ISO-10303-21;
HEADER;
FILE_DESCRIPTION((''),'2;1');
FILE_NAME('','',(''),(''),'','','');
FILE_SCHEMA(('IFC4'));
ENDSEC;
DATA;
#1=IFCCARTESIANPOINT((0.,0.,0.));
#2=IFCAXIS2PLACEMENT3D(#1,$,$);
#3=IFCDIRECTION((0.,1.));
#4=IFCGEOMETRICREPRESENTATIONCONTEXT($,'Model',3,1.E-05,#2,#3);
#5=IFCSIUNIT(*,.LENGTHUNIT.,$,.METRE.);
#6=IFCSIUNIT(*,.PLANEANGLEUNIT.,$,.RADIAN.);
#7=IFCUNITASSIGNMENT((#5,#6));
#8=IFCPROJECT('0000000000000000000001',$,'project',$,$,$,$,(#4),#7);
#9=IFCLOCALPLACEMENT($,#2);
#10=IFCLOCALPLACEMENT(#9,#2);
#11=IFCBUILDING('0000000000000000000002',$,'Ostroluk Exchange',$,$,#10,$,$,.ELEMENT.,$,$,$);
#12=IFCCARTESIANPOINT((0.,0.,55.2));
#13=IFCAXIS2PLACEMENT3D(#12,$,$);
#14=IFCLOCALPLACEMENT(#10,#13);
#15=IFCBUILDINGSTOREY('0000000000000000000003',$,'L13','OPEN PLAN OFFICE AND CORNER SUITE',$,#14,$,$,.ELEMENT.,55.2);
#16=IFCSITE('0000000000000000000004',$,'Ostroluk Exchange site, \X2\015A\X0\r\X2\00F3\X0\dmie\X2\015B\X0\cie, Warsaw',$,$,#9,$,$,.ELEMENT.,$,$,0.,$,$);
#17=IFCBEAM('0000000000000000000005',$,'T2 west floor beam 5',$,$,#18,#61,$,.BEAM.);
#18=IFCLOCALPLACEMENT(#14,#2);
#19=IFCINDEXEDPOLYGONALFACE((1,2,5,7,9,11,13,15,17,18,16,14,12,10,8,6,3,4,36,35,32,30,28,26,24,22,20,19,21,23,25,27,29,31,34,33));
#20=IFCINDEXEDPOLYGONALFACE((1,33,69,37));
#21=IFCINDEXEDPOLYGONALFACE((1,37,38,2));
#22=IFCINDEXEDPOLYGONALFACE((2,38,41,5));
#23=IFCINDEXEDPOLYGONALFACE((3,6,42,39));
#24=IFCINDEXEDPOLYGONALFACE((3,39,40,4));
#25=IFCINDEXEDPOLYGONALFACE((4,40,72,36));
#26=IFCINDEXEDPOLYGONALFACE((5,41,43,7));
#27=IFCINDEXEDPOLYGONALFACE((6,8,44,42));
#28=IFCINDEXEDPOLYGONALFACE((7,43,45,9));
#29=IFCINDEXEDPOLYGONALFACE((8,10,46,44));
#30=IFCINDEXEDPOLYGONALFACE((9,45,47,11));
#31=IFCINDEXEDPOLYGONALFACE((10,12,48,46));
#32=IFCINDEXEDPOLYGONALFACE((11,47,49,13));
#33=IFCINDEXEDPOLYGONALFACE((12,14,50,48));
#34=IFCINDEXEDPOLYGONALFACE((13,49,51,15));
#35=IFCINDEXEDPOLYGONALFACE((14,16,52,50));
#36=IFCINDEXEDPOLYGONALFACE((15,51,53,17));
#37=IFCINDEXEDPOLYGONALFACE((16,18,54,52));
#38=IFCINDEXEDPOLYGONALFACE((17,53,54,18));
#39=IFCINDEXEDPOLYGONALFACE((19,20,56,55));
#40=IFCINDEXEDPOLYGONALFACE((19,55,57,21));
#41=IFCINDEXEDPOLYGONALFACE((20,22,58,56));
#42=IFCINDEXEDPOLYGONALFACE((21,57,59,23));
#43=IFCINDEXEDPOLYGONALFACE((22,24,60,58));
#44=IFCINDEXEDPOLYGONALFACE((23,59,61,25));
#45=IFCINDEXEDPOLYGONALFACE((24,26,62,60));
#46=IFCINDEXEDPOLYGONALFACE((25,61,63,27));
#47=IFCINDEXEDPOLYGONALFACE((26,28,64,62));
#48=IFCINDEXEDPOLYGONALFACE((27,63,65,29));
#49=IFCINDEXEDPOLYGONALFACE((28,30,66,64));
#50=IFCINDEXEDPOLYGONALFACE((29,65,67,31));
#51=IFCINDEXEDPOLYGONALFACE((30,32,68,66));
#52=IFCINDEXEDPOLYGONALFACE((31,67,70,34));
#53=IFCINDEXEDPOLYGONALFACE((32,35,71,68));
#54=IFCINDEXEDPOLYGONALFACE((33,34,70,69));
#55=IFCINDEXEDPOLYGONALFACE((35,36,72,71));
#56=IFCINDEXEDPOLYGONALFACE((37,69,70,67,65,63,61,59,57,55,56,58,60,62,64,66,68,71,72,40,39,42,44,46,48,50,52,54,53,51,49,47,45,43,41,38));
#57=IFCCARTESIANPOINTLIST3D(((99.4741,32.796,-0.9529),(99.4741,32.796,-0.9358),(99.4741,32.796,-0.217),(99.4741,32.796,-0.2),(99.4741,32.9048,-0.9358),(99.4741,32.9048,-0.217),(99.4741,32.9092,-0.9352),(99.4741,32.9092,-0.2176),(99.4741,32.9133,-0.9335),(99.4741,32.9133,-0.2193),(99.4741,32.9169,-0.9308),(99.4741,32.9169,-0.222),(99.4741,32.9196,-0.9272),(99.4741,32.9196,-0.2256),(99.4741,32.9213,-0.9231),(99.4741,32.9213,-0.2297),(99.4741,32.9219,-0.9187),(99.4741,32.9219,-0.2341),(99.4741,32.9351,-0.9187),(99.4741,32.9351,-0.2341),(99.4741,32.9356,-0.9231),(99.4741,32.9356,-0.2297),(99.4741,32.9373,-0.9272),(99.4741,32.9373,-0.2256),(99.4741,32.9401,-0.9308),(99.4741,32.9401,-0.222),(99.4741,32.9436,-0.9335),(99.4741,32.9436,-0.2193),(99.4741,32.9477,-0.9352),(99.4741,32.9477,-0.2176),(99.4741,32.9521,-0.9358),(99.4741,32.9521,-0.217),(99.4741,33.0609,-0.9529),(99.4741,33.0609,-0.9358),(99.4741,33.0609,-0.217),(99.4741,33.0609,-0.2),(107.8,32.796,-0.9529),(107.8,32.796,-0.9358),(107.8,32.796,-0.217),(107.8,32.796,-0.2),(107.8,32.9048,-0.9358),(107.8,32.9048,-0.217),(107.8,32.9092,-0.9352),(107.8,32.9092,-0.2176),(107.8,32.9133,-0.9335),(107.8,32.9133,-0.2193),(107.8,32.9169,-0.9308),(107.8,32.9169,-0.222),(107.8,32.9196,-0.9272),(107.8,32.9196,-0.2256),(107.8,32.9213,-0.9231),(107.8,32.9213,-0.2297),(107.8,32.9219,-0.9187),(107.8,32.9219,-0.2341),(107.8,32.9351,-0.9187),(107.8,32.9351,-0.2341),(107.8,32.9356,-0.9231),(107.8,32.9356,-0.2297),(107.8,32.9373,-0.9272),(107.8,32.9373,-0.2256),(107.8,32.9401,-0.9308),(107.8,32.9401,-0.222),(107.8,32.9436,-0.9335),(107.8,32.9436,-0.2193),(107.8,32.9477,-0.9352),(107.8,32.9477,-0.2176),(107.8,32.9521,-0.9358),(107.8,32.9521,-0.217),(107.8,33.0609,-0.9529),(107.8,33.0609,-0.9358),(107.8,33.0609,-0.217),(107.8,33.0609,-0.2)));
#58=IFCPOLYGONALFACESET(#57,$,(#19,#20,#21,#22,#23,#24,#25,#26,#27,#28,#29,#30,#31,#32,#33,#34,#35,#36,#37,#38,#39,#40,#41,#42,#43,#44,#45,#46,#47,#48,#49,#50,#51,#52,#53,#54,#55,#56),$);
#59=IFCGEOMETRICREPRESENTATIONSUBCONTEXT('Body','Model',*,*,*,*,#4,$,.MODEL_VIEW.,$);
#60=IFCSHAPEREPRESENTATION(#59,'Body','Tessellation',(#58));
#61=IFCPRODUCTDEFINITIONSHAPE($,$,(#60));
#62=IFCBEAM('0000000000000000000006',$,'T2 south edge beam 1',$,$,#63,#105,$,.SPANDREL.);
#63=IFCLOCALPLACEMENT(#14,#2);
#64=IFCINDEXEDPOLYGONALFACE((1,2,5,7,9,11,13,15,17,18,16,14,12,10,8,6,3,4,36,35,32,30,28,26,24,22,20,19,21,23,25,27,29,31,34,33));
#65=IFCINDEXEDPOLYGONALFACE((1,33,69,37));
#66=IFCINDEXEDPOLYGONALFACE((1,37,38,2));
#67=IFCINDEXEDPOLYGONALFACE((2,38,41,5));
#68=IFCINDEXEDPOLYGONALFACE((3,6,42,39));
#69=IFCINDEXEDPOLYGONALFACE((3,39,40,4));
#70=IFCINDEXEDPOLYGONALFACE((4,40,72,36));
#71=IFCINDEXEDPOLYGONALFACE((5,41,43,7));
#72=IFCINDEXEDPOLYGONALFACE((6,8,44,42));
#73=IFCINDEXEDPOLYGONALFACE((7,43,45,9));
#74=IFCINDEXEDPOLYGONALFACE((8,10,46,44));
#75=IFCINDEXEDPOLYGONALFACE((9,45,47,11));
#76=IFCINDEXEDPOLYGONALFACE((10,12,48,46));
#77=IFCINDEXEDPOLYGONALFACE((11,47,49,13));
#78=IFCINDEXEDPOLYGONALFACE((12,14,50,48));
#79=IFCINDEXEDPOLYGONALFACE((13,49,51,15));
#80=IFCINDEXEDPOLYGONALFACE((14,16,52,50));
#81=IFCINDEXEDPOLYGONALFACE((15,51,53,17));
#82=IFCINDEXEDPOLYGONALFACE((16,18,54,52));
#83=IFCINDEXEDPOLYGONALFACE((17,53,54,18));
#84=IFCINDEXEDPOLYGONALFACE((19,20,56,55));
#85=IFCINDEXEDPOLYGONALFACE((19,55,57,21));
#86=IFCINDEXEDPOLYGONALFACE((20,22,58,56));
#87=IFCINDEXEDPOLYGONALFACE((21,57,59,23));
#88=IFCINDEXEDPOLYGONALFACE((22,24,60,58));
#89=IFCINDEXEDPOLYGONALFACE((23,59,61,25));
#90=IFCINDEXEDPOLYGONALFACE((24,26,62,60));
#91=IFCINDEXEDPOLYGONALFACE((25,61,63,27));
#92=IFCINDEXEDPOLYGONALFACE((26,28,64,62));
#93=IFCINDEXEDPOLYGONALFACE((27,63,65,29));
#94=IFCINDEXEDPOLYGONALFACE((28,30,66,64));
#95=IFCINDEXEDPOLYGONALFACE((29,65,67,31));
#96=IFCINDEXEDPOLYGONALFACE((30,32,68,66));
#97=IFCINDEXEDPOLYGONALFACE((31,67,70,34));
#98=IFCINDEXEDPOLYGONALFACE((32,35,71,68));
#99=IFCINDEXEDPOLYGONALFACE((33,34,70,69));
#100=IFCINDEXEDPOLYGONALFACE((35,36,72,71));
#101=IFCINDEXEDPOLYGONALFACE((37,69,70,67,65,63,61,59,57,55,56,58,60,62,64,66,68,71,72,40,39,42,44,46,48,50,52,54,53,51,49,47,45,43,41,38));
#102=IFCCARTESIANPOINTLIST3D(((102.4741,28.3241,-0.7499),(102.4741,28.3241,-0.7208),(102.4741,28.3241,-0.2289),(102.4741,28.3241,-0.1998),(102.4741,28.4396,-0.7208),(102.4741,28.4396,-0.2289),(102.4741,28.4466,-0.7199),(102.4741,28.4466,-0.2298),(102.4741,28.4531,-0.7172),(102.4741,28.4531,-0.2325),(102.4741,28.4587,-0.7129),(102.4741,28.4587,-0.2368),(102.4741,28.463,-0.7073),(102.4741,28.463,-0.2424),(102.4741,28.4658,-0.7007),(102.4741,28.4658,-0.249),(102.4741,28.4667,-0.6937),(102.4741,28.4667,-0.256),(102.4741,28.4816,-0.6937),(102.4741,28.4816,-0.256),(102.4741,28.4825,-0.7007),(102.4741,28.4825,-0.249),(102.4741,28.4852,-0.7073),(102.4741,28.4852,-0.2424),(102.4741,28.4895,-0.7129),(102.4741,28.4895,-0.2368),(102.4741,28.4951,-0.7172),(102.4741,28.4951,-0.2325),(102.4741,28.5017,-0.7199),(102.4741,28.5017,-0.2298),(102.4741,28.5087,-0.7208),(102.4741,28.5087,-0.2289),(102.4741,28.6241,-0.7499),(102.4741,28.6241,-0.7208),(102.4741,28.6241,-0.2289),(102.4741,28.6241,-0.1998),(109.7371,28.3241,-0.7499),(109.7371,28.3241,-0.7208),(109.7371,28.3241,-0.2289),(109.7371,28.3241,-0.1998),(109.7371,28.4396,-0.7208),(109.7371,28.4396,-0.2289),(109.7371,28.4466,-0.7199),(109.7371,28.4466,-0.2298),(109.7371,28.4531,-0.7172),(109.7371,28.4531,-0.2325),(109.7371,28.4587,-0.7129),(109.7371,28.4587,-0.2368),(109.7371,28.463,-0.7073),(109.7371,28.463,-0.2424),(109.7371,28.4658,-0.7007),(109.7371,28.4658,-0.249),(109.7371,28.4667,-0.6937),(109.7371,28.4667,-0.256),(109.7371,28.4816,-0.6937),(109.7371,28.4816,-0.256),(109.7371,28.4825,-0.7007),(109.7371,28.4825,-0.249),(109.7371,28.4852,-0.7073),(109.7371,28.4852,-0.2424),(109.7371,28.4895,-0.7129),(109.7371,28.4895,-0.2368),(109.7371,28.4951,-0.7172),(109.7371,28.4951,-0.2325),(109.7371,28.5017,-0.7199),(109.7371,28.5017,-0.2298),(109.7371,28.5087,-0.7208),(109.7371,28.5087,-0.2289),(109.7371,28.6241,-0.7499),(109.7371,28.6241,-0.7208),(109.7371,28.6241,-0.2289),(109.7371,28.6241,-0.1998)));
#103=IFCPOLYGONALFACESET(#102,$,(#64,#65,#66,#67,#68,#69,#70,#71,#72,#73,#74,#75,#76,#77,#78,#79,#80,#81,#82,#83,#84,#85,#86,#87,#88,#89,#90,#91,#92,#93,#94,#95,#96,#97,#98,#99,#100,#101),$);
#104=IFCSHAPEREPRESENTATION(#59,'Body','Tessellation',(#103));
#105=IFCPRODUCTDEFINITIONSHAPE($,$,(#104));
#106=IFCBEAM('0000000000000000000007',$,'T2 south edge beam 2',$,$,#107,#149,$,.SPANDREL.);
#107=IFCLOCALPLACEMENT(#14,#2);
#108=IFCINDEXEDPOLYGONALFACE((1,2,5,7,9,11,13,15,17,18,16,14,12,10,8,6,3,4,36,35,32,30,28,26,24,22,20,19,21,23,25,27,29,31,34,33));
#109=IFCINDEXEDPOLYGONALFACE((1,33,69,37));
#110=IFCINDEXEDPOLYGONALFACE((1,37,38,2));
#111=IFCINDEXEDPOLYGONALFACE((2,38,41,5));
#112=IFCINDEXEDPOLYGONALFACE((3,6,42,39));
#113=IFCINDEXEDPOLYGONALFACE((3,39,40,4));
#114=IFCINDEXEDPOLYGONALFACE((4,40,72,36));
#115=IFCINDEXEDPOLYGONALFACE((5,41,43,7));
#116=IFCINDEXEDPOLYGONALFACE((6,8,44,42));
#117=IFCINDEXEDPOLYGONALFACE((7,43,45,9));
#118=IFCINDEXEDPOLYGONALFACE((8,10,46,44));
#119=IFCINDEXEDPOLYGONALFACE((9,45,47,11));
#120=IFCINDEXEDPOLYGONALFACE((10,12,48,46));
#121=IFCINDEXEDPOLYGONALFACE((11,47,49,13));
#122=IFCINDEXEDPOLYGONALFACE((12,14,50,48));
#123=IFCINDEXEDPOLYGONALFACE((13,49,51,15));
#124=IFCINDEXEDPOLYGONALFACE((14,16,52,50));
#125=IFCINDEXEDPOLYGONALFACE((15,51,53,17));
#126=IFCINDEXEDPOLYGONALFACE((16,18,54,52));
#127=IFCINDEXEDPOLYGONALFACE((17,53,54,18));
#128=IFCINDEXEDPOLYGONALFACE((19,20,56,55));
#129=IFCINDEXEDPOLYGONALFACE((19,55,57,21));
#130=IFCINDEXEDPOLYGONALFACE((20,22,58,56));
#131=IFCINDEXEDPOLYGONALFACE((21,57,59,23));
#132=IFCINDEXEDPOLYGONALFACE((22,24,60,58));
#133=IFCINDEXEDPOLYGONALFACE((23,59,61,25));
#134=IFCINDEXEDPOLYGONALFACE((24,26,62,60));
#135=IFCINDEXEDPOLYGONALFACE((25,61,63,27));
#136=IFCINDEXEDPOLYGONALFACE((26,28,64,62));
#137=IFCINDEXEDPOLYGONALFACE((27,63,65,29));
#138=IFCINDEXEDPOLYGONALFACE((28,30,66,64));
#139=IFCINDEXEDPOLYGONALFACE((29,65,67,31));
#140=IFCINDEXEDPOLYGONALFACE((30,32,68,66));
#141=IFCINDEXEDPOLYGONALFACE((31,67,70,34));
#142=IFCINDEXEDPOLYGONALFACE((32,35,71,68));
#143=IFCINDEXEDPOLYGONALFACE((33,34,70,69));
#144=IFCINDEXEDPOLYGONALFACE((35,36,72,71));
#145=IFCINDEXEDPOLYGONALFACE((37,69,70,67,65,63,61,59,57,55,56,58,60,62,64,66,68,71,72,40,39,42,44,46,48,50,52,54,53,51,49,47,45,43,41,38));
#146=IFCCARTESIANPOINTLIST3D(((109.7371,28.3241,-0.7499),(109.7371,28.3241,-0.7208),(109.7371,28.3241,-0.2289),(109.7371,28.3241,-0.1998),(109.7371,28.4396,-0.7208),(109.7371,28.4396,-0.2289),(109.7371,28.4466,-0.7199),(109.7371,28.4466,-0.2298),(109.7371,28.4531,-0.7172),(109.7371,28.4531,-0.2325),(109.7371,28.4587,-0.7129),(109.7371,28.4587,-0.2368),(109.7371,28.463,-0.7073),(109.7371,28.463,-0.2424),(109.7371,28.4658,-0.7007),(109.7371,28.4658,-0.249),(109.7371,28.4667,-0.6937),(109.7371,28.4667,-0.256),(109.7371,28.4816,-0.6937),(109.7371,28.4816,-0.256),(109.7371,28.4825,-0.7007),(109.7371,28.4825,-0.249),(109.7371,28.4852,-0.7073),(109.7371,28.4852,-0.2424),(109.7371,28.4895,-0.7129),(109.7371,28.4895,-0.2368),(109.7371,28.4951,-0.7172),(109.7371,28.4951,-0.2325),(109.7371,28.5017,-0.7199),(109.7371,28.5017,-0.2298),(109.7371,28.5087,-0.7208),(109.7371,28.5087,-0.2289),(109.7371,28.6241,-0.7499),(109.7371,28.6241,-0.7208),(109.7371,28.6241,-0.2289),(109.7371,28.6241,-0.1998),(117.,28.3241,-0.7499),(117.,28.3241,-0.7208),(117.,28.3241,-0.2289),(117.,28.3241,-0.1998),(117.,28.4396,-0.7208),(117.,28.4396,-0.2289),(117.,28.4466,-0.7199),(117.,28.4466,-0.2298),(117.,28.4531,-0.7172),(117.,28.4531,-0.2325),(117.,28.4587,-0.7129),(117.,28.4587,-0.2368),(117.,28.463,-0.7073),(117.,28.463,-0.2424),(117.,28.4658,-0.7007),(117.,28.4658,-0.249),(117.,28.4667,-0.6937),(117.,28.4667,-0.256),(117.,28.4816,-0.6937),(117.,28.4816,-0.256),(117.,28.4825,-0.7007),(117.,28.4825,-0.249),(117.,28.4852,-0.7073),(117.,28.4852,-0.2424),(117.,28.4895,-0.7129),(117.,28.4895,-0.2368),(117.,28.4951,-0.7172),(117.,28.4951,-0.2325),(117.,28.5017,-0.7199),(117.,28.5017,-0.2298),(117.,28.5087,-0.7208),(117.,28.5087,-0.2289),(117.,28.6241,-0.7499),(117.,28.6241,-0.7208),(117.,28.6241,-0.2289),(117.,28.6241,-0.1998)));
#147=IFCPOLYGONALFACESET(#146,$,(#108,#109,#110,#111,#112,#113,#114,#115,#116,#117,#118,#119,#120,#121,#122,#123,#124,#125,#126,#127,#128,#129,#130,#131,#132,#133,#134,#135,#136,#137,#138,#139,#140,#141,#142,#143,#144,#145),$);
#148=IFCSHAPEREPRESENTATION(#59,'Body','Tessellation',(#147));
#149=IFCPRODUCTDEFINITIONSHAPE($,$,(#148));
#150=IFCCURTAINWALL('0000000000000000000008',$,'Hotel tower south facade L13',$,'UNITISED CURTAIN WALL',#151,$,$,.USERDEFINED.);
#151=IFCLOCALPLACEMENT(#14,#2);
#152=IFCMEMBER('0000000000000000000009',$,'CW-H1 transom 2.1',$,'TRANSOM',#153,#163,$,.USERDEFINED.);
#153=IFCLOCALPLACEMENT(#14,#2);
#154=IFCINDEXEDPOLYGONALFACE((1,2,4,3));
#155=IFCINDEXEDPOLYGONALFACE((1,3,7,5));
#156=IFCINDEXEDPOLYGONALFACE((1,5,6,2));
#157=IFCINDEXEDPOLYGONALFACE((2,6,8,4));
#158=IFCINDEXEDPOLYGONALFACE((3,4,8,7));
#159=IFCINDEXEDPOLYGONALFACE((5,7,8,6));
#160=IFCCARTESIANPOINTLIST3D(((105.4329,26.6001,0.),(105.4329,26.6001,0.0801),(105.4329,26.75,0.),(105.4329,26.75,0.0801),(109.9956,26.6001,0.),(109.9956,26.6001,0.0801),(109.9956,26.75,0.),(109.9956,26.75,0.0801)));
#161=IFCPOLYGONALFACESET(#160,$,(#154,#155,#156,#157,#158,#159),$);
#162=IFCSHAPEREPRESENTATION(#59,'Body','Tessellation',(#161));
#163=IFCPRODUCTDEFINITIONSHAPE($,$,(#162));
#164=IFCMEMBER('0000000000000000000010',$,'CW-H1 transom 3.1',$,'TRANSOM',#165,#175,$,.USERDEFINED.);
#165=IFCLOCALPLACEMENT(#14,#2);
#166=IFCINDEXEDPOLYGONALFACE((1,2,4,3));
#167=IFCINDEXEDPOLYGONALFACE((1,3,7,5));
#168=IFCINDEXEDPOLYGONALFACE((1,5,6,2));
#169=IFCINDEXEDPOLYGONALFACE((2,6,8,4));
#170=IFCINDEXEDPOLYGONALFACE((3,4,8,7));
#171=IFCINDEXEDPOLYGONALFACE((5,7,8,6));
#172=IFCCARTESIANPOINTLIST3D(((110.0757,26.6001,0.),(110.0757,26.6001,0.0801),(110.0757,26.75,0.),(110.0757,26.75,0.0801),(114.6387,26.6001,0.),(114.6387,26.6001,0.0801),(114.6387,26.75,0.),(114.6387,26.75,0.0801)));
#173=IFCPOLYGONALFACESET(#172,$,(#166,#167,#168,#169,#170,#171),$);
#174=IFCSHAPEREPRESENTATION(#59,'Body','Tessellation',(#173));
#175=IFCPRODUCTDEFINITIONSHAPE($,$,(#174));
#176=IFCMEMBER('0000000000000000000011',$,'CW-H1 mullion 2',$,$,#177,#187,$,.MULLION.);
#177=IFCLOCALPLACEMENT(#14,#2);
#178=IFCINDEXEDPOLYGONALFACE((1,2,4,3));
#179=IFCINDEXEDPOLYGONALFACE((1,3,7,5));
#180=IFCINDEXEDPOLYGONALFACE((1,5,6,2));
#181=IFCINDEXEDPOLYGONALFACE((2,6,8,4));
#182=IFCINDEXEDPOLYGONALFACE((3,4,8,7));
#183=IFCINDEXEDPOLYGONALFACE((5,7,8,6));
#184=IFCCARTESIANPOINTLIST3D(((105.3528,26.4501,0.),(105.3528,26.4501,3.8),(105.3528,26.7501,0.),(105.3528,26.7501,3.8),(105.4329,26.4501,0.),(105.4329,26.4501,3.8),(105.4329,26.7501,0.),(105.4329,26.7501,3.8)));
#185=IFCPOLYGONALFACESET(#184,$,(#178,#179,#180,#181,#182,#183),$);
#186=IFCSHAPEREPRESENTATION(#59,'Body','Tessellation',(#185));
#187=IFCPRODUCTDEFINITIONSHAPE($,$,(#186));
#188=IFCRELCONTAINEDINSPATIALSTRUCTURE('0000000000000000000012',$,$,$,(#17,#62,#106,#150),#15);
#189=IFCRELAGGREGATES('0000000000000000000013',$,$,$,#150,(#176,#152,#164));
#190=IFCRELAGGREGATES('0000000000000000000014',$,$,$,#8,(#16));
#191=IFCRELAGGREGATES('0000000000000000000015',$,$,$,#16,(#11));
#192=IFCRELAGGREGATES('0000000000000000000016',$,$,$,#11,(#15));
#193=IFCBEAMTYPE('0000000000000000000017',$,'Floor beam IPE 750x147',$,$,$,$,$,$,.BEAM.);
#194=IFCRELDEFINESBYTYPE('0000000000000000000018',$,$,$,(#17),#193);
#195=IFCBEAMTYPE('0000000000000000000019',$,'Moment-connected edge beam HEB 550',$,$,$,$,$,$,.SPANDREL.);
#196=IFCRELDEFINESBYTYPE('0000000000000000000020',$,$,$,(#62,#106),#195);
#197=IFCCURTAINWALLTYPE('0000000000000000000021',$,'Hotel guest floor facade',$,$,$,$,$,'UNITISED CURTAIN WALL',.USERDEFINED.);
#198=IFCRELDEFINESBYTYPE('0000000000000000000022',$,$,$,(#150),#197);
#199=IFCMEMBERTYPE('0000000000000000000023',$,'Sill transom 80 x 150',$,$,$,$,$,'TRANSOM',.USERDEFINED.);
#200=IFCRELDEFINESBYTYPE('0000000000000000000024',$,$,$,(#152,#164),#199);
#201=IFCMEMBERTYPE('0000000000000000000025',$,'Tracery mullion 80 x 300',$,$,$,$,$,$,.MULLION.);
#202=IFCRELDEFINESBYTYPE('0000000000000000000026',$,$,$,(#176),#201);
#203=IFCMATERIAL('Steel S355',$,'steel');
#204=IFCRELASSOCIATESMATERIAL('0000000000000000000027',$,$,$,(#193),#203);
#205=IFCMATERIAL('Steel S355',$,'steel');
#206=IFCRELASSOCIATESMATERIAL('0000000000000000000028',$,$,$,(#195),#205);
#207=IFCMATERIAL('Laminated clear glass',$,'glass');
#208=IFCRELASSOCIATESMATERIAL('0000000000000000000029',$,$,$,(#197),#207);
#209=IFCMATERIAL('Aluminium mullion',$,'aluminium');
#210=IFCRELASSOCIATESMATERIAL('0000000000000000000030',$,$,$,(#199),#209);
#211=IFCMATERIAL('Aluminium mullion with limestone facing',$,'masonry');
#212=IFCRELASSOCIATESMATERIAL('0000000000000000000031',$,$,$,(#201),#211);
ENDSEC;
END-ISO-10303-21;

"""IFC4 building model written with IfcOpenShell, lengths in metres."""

from ifc_helpers import new_model, si_unit, direction, frame, origin, origin_2d, place, context, subcontext, project, spatial, rectangle, i_section, extrude, material, material_profile, profile_set, type_object, element, aggregate, save


model = new_model("IFC4")

# Units and contexts
model_context = context("Model", 3, precision=1e-05, world=origin(), true_north=direction((0.0, 1.0)))
body_context = subcontext(model_context, "Body", "Model", "MODEL_VIEW")
ifc_project = project(units=[si_unit("LENGTHUNIT", "METRE"), si_unit("PLANEANGLEUNIT", "RADIAN")], contexts=[model_context])

# Site, building, storey
site_placement = place(None, origin())
site = spatial("IfcSite", under=ifc_project, at=site_placement, Name="Ostroluk Exchange site, Śródmieście, Warsaw", CompositionType="ELEMENT", RefElevation=0.0)
building_placement = place(site_placement, origin())
building = spatial("IfcBuilding", under=site, at=building_placement, Name="Ostroluk Exchange", CompositionType="ELEMENT")
storey_placement = place(building_placement, frame((0.0, 0.0, 55.2)))
storey = spatial("IfcBuildingStorey", under=building, at=storey_placement, Name="L13", Description="OPEN PLAN OFFICE AND CORNER SUITE", CompositionType="ELEMENT", Elevation=55.2)

# Beams
ifc_material_1 = material(Name="Steel S355", Category="steel")
ifc_material_profile_1 = material_profile(ifc_material_1, i_section(OverallWidth=0.2649, OverallDepth=0.7529, WebThickness=0.0132, FlangeThickness=0.0171, FilletRadius=0.0171, at=origin_2d()), Name="IPE 750x147")
ifc_profile_set_1 = profile_set([ifc_material_profile_1], Name="Steel S355")
beam_type_1 = type_object("IfcBeamType", Name="Floor beam IPE 750x147", PredefinedType="BEAM", material=ifc_profile_set_1)
beam_1_placement = place(storey_placement, frame((107.8, 32.9285, -0.5764), z_axis=(-1.0, 0.0, 0.0), x_axis=(0.0, -1.0, 0.0)))
element("IfcBeam", 1, at=beam_1_placement, inside=storey, type_object=beam_type_1, Name="T2 west floor beam 5", PredefinedType="BEAM", context=body_context, shape_type="SweptSolid", body=[
    extrude(i_section(OverallWidth=0.2649, OverallDepth=0.7529, WebThickness=0.0132, FlangeThickness=0.0171, FilletRadius=0.0171, at=origin_2d()), origin(), (0.0, 0.0, 1.0), 8.3259),
])
ifc_material_2 = material(Name="Steel S355", Category="steel")
ifc_material_profile_2 = material_profile(ifc_material_2, i_section(OverallWidth=0.3, OverallDepth=0.55, WebThickness=0.0149, FlangeThickness=0.0291, FilletRadius=0.0271, at=origin_2d()), Name="HEB 550")
ifc_profile_set_2 = profile_set([ifc_material_profile_2], Name="Steel S355")
beam_type_2 = type_object("IfcBeamType", Name="Moment-connected edge beam HEB 550", PredefinedType="SPANDREL", material=ifc_profile_set_2)
for number, where, z_axis, x_axis, name in (
    (2, (102.4741, 28.4741, -0.4749), (1.0, 0.0, 0.0), (0.0, 1.0, 0.0), "T2 south edge beam 1"),
    (3, (109.7371, 28.4741, -0.4749), (1.0, 0.0, 0.0), (0.0, 1.0, 0.0), "T2 south edge beam 2"),
):
    element("IfcBeam", number, at=place(storey_placement, frame(where, z_axis=z_axis, x_axis=x_axis)), inside=storey, type_object=beam_type_2, Name=name, PredefinedType="SPANDREL", context=body_context, shape_type="SweptSolid", body=[
        extrude(i_section(OverallWidth=0.3, OverallDepth=0.55, WebThickness=0.0149, FlangeThickness=0.0291, FilletRadius=0.0271, at=origin_2d()), origin(), (0.0, 0.0, 1.0), 7.2629),
    ])

# Curtain wall, members
ifc_material_3 = material(Name="Laminated clear glass", Category="glass")
curtain_wall_type = type_object("IfcCurtainWallType", Name="Hotel guest floor facade", ElementType="UNITISED CURTAIN WALL", PredefinedType="USERDEFINED", material=ifc_material_3)
curtain_wall_placement = place(storey_placement, origin())
curtain_wall = element("IfcCurtainWall", 4, at=curtain_wall_placement, inside=storey, type_object=curtain_wall_type, Name="Hotel tower south facade L13", ObjectType="UNITISED CURTAIN WALL", PredefinedType="USERDEFINED")
ifc_material_4 = material(Name="Aluminium mullion", Category="aluminium")
ifc_material_profile_3 = material_profile(ifc_material_4, rectangle(XDim=0.1499, YDim=0.0801, at=origin_2d()), Name="Sill transom 80 x 150")
ifc_profile_set_3 = profile_set([ifc_material_profile_3], Name="Aluminium mullion")
member_type_1 = type_object("IfcMemberType", Name="Sill transom 80 x 150", ElementType="TRANSOM", PredefinedType="USERDEFINED", material=ifc_profile_set_3)
member_1_placement = place(storey_placement, frame((105.4329, 26.675, 0.04), z_axis=(1.0, 0.0, 0.0), x_axis=(0.0, 1.0, 0.0)))
member_1 = element("IfcMember", 5, at=member_1_placement, type_object=member_type_1, Name="CW-H1 transom 2.1", ObjectType="TRANSOM", PredefinedType="USERDEFINED", context=body_context, shape_type="SweptSolid", body=[
    extrude(rectangle(XDim=0.1499, YDim=0.0801, at=origin_2d()), origin(), (0.0, 0.0, 1.0), 4.5627),
])
member_2_placement = place(storey_placement, frame((110.0757, 26.675, 0.04), z_axis=(1.0, 0.0, 0.0), x_axis=(0.0, 1.0, 0.0)))
member_2 = element("IfcMember", 6, at=member_2_placement, type_object=member_type_1, Name="CW-H1 transom 3.1", ObjectType="TRANSOM", PredefinedType="USERDEFINED", context=body_context, shape_type="SweptSolid", body=[
    extrude(rectangle(XDim=0.1499, YDim=0.0801, at=origin_2d()), origin(), (0.0, 0.0, 1.0), 4.563),
])
ifc_material_5 = material(Name="Aluminium mullion with limestone facing", Category="masonry")
ifc_material_profile_4 = material_profile(ifc_material_5, rectangle(XDim=0.3, YDim=0.0801, at=origin_2d()), Name="Tracery mullion 80 x 300")
ifc_profile_set_4 = profile_set([ifc_material_profile_4], Name="Aluminium mullion with limestone facing")
member_type_2 = type_object("IfcMemberType", Name="Tracery mullion 80 x 300", PredefinedType="MULLION", material=ifc_profile_set_4)
member_3_placement = place(storey_placement, frame((105.3928, 26.6001, 0.0), z_axis=(0.0, 0.0, 1.0), x_axis=(0.0, 1.0, 0.0)))
member_3 = element("IfcMember", 7, at=member_3_placement, type_object=member_type_2, Name="CW-H1 mullion 2", PredefinedType="MULLION", context=body_context, shape_type="SweptSolid", body=[
    extrude(rectangle(XDim=0.3, YDim=0.0801, at=origin_2d()), origin(), (0.0, 0.0, 1.0), 3.8),
])
aggregate(curtain_wall, [member_3, member_1, member_2])

save(model, "model.ifc")
